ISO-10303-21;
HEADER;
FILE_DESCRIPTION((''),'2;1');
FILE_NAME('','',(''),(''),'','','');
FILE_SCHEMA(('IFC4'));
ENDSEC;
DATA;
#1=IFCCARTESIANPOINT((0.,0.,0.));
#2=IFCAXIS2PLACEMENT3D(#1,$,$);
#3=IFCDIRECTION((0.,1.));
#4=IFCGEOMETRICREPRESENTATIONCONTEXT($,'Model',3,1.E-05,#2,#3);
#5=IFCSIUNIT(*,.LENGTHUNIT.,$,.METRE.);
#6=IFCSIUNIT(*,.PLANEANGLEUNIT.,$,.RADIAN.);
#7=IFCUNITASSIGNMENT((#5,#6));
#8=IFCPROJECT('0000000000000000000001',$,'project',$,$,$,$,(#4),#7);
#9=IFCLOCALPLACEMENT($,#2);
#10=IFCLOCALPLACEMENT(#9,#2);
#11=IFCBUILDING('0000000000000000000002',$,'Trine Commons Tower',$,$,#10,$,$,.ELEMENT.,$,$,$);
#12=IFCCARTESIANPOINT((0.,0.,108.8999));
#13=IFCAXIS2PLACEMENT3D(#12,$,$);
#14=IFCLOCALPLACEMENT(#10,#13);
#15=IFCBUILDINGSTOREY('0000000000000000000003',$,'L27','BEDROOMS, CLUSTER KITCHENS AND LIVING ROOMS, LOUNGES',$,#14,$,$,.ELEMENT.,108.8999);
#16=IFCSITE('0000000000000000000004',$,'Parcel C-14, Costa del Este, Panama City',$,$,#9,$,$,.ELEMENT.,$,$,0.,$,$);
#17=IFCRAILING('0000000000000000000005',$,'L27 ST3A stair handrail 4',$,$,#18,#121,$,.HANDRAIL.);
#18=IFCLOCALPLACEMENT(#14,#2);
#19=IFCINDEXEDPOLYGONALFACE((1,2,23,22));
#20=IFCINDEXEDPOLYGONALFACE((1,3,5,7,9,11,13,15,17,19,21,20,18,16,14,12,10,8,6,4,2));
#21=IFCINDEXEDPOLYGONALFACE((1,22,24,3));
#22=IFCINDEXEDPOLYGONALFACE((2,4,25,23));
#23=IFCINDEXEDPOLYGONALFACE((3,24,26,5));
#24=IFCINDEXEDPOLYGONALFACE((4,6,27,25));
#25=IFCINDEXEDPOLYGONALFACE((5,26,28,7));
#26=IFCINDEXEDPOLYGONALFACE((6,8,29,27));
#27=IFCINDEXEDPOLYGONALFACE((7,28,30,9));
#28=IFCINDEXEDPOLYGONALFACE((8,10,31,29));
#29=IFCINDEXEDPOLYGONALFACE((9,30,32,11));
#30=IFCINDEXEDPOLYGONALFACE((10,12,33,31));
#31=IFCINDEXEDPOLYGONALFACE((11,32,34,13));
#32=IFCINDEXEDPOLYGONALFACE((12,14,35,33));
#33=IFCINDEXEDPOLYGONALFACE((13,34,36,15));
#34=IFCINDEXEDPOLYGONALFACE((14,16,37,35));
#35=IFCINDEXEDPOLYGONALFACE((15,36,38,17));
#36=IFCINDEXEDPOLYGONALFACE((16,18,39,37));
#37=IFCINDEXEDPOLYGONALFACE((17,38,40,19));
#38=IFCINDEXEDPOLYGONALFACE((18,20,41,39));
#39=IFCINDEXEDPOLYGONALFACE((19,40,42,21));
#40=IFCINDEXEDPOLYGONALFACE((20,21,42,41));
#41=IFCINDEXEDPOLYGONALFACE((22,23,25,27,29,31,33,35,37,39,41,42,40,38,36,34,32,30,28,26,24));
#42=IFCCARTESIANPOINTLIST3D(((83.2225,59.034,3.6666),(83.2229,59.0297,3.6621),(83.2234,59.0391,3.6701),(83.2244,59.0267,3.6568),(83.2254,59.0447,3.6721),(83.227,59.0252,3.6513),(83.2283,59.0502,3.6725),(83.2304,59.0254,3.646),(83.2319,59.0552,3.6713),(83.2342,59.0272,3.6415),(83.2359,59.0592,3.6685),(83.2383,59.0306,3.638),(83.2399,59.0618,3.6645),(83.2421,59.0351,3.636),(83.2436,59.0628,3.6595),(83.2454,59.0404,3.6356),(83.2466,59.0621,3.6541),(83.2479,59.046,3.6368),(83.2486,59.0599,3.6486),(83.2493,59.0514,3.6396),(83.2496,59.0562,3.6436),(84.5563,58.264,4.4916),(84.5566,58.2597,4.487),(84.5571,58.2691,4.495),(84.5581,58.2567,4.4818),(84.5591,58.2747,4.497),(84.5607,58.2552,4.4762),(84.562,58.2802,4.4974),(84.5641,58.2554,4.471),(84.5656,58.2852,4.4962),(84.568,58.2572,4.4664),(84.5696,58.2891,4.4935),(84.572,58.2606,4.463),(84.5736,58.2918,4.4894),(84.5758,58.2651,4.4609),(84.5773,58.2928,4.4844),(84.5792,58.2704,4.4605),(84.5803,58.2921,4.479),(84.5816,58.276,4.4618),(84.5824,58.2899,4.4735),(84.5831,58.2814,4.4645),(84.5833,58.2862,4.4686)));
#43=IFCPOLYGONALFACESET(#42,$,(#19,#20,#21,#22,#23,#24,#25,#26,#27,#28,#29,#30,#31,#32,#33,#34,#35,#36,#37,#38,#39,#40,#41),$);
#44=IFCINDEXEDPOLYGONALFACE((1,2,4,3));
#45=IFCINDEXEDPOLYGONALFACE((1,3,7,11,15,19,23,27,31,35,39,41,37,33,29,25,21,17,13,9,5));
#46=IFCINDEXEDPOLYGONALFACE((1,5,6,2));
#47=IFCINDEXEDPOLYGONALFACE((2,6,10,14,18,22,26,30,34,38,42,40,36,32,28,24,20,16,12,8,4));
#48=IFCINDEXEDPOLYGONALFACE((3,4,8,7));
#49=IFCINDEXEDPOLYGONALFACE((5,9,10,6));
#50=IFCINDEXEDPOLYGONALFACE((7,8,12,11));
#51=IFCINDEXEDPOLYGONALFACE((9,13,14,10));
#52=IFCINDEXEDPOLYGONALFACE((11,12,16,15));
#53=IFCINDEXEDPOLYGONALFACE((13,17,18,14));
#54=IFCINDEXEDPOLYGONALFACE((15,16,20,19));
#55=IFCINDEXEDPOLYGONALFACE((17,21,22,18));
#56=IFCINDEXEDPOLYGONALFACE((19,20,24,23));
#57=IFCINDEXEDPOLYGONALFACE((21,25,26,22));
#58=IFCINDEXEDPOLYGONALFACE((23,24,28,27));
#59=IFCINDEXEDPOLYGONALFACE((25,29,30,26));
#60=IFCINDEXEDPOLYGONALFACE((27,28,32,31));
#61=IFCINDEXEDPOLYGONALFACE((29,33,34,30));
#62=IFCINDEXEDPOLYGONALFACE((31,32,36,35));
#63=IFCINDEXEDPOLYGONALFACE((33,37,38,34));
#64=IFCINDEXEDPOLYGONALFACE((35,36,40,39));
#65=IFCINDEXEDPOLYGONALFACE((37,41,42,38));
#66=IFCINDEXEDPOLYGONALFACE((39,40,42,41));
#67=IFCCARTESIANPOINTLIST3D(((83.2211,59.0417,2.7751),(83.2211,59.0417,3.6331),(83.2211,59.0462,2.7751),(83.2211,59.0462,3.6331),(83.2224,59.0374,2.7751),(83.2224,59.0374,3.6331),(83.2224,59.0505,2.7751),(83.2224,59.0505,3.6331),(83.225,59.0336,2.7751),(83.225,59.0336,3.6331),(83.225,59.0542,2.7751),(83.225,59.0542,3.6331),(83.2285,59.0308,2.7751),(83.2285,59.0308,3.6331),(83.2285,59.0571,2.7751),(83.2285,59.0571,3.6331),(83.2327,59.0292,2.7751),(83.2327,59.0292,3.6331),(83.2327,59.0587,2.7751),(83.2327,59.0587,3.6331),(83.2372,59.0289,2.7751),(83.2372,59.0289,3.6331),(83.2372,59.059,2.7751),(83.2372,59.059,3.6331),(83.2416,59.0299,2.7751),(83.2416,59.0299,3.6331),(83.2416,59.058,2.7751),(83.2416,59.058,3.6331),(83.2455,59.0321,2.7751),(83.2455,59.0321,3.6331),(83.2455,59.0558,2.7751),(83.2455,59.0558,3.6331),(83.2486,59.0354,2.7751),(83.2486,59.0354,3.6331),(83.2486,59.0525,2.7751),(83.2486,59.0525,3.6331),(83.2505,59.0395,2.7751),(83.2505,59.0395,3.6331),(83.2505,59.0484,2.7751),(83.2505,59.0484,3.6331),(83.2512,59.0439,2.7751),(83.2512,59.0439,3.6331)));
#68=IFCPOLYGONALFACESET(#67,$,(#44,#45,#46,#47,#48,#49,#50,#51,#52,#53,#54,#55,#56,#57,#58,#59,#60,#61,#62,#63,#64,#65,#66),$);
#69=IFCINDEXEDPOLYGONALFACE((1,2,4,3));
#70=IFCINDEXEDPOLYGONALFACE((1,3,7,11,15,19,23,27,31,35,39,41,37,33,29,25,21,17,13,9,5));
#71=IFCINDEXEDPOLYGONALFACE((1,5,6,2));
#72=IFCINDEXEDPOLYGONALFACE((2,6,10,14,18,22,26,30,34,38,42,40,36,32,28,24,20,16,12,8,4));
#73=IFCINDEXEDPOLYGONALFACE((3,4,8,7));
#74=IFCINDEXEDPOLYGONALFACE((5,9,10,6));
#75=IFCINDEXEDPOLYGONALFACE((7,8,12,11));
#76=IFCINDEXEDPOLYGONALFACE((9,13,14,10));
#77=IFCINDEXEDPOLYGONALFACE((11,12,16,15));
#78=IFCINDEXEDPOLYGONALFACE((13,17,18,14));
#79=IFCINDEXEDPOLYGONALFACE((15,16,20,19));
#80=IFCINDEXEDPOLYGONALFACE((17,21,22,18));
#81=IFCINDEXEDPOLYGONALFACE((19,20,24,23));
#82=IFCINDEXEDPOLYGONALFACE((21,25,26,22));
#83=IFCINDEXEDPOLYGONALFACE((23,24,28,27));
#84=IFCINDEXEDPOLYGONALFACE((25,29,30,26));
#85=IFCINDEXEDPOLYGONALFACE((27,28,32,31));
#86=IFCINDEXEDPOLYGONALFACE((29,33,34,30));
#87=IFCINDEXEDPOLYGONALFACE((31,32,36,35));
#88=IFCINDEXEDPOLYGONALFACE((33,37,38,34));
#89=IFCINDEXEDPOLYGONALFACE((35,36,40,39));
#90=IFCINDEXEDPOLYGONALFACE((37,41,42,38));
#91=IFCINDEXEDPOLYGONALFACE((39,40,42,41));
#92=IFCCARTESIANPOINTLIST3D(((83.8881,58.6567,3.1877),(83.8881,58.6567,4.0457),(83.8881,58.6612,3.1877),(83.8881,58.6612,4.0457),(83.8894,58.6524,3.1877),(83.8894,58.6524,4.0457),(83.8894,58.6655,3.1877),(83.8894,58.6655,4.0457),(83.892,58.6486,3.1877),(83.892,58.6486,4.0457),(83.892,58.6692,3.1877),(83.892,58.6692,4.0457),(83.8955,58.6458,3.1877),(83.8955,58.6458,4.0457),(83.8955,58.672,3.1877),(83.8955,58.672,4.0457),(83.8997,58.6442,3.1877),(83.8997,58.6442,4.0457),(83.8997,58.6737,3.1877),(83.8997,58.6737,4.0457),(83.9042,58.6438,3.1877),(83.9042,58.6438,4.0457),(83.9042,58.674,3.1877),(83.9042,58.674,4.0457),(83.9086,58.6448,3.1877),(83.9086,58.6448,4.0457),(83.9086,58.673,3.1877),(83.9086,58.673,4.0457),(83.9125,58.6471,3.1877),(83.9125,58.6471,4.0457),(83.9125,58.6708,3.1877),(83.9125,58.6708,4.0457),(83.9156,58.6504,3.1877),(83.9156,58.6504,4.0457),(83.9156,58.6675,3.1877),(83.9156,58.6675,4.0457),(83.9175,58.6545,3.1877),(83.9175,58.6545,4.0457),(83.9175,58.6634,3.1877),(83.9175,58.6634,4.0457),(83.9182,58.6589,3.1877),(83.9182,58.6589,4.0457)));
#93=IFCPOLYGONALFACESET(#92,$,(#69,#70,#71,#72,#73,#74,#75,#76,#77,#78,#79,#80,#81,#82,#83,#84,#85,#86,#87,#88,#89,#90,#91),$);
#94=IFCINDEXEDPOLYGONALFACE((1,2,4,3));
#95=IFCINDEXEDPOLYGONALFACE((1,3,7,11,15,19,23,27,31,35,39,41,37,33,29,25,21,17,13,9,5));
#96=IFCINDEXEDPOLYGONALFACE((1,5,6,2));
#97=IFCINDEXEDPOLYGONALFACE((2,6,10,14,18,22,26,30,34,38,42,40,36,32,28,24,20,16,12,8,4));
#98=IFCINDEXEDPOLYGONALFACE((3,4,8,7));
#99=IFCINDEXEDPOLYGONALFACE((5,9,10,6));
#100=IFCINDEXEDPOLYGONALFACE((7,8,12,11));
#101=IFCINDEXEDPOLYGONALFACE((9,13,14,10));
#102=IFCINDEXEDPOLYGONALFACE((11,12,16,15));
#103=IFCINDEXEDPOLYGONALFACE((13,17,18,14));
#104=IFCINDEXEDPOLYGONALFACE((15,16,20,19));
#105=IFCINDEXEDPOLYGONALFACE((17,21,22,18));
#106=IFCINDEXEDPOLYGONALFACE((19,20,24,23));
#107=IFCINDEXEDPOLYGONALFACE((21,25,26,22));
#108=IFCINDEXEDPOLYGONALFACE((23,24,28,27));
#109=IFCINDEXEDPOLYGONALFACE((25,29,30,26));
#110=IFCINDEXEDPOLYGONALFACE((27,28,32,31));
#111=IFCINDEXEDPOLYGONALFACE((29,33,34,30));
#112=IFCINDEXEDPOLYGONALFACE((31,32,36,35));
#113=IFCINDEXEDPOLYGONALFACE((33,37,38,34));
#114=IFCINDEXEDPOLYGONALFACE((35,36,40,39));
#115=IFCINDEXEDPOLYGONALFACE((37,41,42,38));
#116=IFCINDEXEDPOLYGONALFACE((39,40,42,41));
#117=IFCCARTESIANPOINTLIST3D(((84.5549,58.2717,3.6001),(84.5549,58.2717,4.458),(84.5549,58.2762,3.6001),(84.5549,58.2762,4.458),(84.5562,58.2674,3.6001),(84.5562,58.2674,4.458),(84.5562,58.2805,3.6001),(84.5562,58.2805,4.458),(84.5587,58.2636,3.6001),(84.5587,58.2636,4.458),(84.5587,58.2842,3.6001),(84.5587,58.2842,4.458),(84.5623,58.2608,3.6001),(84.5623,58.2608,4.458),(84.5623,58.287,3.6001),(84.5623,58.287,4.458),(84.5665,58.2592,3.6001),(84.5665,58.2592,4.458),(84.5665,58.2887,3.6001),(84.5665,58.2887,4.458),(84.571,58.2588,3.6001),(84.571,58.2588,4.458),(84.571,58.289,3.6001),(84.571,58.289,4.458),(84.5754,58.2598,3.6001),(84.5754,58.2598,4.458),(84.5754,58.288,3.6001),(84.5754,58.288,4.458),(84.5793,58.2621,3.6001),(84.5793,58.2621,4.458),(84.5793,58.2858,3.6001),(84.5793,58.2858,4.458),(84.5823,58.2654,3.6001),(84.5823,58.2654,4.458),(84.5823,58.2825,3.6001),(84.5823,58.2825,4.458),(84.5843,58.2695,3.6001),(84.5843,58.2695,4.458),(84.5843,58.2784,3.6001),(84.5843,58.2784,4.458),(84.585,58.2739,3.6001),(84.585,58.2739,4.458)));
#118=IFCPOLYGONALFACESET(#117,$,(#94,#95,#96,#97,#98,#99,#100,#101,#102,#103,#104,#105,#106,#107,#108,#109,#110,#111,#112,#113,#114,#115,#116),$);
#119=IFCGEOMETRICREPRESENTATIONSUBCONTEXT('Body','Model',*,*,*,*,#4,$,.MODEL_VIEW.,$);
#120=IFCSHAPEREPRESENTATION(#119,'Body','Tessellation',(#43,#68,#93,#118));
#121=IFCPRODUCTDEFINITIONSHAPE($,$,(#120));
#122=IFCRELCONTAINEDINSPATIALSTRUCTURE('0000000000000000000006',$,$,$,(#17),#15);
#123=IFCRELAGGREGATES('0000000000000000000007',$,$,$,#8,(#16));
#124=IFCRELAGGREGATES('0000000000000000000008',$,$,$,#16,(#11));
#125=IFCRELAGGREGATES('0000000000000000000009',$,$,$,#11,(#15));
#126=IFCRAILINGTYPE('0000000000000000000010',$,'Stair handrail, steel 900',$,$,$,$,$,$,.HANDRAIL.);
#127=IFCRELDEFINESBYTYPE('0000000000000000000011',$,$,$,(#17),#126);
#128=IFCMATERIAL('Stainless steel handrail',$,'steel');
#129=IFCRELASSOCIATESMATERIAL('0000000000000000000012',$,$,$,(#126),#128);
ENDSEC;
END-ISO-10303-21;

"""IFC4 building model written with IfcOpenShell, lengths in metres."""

from ifc_helpers import new_model, si_unit, direction, frame, origin, origin_2d, place, context, subcontext, project, spatial, circle, extrude, material, type_object, element, save


model = new_model("IFC4")

# Units and contexts
model_context = context("Model", 3, precision=1e-05, world=origin(), true_north=direction((0.0, 1.0)))
body_context = subcontext(model_context, "Body", "Model", "MODEL_VIEW")
ifc_project = project(units=[si_unit("LENGTHUNIT", "METRE"), si_unit("PLANEANGLEUNIT", "RADIAN")], contexts=[model_context])

# Site, building, storey
site_placement = place(None, origin())
site = spatial("IfcSite", under=ifc_project, at=site_placement, Name="Parcel C-14, Costa del Este, Panama City", CompositionType="ELEMENT", RefElevation=0.0)
building_placement = place(site_placement, origin())
building = spatial("IfcBuilding", under=site, at=building_placement, Name="Trine Commons Tower", CompositionType="ELEMENT")
storey_placement = place(building_placement, frame((0.0, 0.0, 108.8999)))
storey = spatial("IfcBuildingStorey", under=building, at=storey_placement, Name="L27", Description="BEDROOMS, CLUSTER KITCHENS AND LIVING ROOMS, LOUNGES", CompositionType="ELEMENT", Elevation=108.8999)

# Railing
ifc_material_1 = material(Name="Stainless steel handrail", Category="steel")
railing_type_1 = type_object("IfcRailingType", Name="Stair handrail, steel 900", PredefinedType="HANDRAIL", material=ifc_material_1)
for number, where, name in (
    (1, (83.2361, 59.0439, 2.7751), "L27 ST3A stair handrail 4"),
):
    element("IfcRailing", number, at=place(storey_placement, frame(where)), inside=storey, type_object=railing_type_1, Name=name, PredefinedType="HANDRAIL", context=body_context, shape_type="SweptSolid", body=[
        extrude(circle(Radius=0.021, at=origin_2d()), frame((0.0, 0.0, 0.8789), z_axis=(0.763405, -0.440743, 0.472185), x_axis=(0.499992, 0.86603, 0.0)), (0.0, 0.0, 1.0), 1.7471),
        extrude(circle(Radius=0.0151, at=origin_2d()), origin(), (0.0, 0.0, 1.0), 0.8579),
        extrude(circle(Radius=0.0151, at=origin_2d()), frame((0.667, -0.385, 0.4126)), (0.0, 0.0, 1.0), 0.8579),
        extrude(circle(Radius=0.0151, at=origin_2d()), frame((1.3337, -0.77, 0.825)), (0.0, 0.0, 1.0), 0.8579),
    ])

save(model, "model.ifc")
